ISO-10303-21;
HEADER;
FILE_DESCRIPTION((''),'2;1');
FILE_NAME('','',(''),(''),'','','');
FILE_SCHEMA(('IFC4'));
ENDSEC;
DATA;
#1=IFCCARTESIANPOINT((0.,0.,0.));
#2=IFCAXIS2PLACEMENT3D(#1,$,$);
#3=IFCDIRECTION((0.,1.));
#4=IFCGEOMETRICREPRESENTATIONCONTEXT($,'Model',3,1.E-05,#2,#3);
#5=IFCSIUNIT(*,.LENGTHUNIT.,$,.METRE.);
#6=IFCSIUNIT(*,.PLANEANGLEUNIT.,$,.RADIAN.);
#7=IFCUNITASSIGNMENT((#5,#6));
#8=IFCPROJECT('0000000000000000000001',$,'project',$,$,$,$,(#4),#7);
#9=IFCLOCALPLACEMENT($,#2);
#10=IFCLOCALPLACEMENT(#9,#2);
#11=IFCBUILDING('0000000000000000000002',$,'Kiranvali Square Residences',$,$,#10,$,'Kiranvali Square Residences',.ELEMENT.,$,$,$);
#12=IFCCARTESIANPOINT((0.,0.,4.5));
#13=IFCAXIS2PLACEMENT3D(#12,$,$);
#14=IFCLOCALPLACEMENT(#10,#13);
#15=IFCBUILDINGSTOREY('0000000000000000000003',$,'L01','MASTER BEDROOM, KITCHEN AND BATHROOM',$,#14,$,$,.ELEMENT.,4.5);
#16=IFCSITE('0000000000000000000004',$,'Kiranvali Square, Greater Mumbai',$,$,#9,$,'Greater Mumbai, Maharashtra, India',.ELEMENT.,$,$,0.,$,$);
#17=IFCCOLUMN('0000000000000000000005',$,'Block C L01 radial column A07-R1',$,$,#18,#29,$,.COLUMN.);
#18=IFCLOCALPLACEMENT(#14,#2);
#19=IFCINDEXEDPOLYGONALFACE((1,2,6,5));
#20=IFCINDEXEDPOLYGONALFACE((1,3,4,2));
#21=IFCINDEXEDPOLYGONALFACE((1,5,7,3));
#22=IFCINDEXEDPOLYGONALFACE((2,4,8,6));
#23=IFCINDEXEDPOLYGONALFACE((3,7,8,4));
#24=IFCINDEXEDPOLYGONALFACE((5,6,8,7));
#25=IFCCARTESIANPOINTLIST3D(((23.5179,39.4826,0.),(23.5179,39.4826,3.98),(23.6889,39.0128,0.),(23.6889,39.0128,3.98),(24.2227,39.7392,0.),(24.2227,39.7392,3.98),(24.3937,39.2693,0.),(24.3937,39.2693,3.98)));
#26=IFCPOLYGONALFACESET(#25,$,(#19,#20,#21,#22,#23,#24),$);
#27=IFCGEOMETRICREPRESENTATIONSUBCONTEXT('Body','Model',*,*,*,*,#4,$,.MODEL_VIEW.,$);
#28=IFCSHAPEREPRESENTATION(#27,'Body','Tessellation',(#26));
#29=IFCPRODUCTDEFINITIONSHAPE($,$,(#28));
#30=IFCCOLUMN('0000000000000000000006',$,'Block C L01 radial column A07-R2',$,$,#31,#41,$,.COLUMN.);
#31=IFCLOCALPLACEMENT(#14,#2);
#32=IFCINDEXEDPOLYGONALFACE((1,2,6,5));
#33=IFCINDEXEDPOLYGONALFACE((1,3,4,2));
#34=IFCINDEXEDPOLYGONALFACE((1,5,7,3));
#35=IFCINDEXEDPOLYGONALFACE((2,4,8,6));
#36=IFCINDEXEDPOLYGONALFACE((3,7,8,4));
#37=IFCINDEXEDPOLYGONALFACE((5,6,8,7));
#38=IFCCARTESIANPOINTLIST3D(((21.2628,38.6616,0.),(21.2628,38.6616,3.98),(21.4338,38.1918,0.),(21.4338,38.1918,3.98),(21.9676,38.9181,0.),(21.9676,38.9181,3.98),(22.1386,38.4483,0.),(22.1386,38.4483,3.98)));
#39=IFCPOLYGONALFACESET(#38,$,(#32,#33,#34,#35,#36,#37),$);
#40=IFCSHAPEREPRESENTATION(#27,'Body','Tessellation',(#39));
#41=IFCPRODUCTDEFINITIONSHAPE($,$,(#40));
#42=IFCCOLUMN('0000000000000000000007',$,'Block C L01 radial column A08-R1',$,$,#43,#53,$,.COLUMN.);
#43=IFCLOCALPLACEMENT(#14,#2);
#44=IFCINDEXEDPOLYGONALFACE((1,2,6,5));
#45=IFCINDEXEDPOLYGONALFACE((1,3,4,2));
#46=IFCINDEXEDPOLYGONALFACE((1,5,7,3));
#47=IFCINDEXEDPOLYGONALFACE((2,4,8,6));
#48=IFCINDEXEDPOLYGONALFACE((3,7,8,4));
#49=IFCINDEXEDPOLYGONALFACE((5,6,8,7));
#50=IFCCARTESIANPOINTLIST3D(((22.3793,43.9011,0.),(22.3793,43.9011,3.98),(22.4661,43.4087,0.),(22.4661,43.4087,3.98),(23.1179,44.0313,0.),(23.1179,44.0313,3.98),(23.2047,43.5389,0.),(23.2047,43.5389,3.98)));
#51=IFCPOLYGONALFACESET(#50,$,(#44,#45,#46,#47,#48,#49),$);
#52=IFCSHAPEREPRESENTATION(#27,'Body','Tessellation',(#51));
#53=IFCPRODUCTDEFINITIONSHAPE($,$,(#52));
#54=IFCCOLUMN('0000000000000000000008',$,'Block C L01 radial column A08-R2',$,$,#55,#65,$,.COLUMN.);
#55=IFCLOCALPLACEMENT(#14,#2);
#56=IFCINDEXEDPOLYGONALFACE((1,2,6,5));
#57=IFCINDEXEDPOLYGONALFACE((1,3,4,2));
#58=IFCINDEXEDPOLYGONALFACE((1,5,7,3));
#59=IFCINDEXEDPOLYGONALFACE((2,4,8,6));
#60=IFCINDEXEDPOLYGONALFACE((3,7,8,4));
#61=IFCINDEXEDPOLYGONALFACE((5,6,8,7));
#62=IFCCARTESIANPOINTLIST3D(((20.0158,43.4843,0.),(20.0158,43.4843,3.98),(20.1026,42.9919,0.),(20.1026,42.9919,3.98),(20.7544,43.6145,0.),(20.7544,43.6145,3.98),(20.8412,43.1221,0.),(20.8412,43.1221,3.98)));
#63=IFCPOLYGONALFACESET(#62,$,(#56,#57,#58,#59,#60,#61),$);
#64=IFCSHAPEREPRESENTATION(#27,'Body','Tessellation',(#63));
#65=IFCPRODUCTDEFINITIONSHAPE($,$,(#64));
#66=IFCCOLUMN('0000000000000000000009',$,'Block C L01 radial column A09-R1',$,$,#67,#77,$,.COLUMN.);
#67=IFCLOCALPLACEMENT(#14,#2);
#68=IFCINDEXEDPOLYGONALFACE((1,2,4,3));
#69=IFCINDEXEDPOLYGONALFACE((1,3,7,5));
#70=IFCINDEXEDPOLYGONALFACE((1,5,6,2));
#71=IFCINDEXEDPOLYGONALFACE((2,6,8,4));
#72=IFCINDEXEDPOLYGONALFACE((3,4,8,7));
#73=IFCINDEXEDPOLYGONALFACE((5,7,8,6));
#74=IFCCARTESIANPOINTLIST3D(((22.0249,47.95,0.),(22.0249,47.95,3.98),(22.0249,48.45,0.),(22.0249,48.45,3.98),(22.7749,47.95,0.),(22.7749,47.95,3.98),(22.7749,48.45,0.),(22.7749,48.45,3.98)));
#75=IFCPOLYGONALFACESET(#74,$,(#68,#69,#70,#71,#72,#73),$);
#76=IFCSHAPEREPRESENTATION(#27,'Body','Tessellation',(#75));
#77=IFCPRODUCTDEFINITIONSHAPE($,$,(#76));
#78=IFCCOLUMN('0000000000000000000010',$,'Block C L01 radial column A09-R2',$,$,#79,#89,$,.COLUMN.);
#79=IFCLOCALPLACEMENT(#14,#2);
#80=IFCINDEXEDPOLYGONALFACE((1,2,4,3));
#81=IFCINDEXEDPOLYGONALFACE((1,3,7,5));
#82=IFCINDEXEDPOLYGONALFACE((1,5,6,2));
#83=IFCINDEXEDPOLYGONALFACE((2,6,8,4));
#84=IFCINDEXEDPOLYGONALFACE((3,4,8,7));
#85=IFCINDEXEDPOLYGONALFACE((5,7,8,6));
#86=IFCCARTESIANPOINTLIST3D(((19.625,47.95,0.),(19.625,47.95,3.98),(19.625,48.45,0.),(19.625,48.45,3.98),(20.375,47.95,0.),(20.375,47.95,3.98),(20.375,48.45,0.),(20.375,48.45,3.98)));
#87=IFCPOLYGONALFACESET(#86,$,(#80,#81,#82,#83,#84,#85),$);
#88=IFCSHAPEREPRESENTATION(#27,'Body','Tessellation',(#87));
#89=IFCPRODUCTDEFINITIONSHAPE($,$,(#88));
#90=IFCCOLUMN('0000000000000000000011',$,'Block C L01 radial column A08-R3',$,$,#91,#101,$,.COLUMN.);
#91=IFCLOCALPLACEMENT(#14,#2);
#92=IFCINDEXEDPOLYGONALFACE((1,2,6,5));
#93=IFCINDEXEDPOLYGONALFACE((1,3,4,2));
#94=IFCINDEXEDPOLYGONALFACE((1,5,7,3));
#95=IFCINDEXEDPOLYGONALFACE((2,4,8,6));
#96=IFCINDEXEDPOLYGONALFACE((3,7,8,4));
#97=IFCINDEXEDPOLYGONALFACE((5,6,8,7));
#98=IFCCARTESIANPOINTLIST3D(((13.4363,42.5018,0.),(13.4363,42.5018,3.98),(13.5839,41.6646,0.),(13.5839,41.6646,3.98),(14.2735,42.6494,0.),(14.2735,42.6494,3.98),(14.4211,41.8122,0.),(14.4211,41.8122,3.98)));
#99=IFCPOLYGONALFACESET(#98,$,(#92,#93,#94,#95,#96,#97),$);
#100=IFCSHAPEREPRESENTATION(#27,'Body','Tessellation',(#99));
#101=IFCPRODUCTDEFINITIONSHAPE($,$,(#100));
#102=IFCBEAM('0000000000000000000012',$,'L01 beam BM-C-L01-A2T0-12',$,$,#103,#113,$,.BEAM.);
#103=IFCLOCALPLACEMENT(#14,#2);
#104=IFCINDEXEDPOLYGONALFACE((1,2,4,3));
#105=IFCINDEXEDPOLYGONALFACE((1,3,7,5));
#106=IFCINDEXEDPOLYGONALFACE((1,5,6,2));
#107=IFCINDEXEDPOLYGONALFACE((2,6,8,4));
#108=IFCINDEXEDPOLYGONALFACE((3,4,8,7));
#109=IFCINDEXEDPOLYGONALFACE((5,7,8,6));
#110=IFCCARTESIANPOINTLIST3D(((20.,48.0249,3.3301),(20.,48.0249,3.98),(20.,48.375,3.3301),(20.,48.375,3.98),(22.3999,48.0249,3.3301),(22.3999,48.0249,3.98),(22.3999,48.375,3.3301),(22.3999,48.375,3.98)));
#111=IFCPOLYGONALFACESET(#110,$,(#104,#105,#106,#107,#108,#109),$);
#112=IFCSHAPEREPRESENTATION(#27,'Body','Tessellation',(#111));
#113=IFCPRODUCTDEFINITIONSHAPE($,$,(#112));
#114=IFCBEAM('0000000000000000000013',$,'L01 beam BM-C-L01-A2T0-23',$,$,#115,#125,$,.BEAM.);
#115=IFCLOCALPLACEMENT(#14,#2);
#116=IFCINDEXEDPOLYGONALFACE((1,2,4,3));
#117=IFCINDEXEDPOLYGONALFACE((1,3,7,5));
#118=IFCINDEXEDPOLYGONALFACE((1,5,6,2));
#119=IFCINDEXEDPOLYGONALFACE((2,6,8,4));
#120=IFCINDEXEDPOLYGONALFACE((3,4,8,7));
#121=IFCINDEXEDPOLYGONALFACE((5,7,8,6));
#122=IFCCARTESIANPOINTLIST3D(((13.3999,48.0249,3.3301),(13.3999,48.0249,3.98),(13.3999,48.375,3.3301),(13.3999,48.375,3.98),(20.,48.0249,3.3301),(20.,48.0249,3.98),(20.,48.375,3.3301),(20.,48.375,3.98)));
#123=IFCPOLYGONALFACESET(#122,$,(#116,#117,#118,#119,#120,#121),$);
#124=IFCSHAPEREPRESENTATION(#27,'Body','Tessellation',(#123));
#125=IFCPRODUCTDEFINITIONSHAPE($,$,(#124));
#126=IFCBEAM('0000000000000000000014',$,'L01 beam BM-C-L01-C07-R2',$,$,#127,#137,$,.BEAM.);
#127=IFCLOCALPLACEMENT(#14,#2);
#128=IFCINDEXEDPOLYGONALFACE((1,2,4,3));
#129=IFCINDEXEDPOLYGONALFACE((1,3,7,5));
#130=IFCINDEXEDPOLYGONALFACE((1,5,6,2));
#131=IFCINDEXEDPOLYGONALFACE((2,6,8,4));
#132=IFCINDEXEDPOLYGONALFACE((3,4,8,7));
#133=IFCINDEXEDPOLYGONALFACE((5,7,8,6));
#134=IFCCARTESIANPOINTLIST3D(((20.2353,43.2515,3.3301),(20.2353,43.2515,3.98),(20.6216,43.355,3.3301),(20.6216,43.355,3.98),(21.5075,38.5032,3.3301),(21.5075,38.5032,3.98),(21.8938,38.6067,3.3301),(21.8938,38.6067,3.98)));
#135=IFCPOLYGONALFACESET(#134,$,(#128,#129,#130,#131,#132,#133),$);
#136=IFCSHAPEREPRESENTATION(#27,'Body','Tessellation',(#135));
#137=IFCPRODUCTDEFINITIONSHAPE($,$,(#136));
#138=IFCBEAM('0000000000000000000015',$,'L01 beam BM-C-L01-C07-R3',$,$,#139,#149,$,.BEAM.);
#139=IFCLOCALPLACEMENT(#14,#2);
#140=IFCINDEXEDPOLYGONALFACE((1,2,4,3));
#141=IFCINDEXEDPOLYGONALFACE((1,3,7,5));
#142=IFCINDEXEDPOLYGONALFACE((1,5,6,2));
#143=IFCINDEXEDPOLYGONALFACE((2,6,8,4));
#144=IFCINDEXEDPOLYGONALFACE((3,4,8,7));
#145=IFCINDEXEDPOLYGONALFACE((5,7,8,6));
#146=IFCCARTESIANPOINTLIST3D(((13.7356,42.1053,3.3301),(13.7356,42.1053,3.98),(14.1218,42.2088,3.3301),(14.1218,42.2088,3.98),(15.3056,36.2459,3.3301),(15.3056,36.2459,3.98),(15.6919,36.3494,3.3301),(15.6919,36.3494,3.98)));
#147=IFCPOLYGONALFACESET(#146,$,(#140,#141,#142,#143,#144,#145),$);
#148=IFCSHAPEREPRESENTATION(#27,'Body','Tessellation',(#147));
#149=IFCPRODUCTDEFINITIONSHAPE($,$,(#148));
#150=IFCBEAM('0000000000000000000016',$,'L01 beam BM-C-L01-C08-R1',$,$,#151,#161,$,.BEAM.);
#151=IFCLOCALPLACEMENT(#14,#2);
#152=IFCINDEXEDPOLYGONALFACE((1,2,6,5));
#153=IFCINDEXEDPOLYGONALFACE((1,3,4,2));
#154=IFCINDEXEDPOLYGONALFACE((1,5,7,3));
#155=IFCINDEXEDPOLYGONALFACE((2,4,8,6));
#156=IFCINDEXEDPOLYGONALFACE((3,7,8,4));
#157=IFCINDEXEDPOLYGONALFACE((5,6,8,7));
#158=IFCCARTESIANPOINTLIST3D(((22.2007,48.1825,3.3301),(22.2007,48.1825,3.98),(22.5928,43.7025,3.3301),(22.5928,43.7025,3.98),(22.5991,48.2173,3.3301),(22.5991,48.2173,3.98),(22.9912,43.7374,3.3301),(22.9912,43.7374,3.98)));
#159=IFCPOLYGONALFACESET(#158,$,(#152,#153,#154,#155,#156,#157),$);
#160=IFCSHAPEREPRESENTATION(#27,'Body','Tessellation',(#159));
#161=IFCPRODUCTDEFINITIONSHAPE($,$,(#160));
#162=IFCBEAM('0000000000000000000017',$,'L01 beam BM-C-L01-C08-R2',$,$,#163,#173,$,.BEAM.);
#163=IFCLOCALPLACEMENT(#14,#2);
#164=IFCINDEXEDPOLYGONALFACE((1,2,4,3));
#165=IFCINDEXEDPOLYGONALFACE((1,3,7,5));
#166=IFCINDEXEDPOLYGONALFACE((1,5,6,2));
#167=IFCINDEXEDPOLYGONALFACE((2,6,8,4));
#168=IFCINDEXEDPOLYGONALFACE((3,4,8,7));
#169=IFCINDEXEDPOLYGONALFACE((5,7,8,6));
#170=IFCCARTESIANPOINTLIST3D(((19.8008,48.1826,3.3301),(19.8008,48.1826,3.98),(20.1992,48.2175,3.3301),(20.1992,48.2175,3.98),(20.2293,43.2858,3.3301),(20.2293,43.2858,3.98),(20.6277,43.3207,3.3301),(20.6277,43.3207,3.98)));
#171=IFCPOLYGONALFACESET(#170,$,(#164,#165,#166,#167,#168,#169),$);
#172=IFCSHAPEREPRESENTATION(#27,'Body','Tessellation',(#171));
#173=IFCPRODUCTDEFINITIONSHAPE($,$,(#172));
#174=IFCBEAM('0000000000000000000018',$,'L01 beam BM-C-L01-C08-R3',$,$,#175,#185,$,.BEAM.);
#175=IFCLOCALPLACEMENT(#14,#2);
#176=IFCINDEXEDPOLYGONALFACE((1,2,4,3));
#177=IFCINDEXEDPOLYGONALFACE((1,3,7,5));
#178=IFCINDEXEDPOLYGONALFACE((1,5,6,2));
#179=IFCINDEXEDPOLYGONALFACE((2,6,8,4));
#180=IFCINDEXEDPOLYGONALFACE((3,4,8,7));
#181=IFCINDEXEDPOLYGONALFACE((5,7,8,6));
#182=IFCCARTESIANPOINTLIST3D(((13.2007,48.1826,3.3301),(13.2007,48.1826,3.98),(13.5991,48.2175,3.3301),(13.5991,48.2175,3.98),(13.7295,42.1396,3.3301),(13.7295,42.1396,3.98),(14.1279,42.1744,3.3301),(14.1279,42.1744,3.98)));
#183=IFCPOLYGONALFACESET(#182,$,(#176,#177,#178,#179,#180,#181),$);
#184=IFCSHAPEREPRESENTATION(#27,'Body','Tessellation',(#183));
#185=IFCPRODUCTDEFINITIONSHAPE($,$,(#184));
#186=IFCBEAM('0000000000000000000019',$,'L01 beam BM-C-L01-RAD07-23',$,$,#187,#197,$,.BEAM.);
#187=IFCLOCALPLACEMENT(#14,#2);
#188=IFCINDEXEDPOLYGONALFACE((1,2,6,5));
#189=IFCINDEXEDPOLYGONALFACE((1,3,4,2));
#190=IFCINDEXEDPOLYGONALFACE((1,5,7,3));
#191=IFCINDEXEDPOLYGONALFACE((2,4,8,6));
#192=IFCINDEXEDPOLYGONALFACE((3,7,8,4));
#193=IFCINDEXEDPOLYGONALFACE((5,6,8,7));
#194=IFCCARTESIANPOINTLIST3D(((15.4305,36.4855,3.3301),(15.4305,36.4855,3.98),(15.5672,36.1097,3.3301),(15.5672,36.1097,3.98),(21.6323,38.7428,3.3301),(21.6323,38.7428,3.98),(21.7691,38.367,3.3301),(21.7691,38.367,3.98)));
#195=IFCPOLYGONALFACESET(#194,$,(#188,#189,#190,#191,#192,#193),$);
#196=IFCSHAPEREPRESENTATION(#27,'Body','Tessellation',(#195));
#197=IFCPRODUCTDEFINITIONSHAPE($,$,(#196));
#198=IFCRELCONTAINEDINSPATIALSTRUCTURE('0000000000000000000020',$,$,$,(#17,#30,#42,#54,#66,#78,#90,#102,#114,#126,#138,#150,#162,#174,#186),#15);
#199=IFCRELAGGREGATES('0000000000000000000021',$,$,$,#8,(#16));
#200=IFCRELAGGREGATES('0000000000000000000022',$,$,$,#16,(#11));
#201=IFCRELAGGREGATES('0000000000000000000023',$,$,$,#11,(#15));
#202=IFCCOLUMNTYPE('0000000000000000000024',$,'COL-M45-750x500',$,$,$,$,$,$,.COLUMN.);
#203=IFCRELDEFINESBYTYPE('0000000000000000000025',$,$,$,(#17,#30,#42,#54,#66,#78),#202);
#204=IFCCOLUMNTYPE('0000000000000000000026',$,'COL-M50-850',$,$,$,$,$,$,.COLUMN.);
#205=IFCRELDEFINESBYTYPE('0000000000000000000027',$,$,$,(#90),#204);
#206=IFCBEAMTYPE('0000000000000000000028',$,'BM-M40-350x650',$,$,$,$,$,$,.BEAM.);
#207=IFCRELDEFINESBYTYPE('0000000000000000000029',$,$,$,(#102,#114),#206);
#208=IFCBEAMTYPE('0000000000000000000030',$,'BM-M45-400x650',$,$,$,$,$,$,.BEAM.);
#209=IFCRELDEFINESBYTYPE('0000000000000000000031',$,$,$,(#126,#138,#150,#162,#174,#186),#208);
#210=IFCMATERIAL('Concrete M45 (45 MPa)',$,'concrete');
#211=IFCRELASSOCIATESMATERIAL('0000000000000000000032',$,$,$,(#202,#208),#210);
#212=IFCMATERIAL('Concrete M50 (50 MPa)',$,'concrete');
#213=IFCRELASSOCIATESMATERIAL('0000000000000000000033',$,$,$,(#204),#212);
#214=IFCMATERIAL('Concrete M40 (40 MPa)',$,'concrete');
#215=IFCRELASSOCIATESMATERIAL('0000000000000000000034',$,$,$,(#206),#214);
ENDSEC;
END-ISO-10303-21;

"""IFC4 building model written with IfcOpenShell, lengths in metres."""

from ifc_helpers import new_model, si_unit, direction, frame, origin, origin_2d, place, context, subcontext, project, spatial, rectangle, extrude, material, material_profile, profile_set, type_object, element, save


model = new_model("IFC4")

# Units and contexts
model_context = context("Model", 3, precision=1e-05, world=origin(), true_north=direction((0.0, 1.0)))
body_context = subcontext(model_context, "Body", "Model", "MODEL_VIEW")
ifc_project = project(units=[si_unit("LENGTHUNIT", "METRE"), si_unit("PLANEANGLEUNIT", "RADIAN")], contexts=[model_context])

# Site, building, storey
site_placement = place(None, origin())
site = spatial("IfcSite", under=ifc_project, at=site_placement, Name="Kiranvali Square, Greater Mumbai", LongName="Greater Mumbai, Maharashtra, India", CompositionType="ELEMENT", RefElevation=0.0)
building_placement = place(site_placement, origin())
building = spatial("IfcBuilding", under=site, at=building_placement, Name="Kiranvali Square Residences", LongName="Kiranvali Square Residences", CompositionType="ELEMENT")
storey_placement = place(building_placement, frame((0.0, 0.0, 4.5)))
storey = spatial("IfcBuildingStorey", under=building, at=storey_placement, Name="L01", Description="MASTER BEDROOM, KITCHEN AND BATHROOM", CompositionType="ELEMENT", Elevation=4.5)

# Columns
ifc_material_1 = material(Name="Concrete M45 (45 MPa)", Category="concrete")
ifc_material_profile_1 = material_profile(ifc_material_1, rectangle(XDim=0.5, YDim=0.75, at=origin_2d()), Name="RC 750x500")
ifc_profile_set_1 = profile_set([ifc_material_profile_1], Name="Concrete M45 (45 MPa)")
column_type_1 = type_object("IfcColumnType", Name="COL-M45-750x500", PredefinedType="COLUMN", material=ifc_profile_set_1)
for number, where, z_axis, x_axis, name in (
    (1, (23.9558, 39.376, 0.0), (0.0, 0.0, 1.0), (-0.34202, 0.939693, 0.0), "Block C L01 radial column A07-R1"),
    (2, (21.7007, 38.5549, 0.0), (0.0, 0.0, 1.0), (-0.34202, 0.939693, 0.0), "Block C L01 radial column A07-R2"),
    (3, (22.792, 43.72, 0.0), (0.0, 0.0, 1.0), (-0.173648, 0.984808, 0.0), "Block C L01 radial column A08-R1"),
    (4, (20.4285, 43.3032, 0.0), (0.0, 0.0, 1.0), (-0.173648, 0.984808, 0.0), "Block C L01 radial column A08-R2"),
    (5, (22.3999, 48.2, 0.0), (0.0, 0.0, 1.0), (0.0, 1.0, 0.0), "Block C L01 radial column A09-R1"),
    (6, (20.0, 48.2, 0.0), (0.0, 0.0, 1.0), (0.0, 1.0, 0.0), "Block C L01 radial column A09-R2"),
):
    element("IfcColumn", number, at=place(storey_placement, frame(where, z_axis=z_axis, x_axis=x_axis)), inside=storey, type_object=column_type_1, Name=name, PredefinedType="COLUMN", context=body_context, shape_type="SweptSolid", body=[
        extrude(rectangle(XDim=0.5, YDim=0.75, at=origin_2d()), origin(), (0.0, 0.0, 1.0), 3.98),
    ])
ifc_material_2 = material(Name="Concrete M50 (50 MPa)", Category="concrete")
ifc_material_profile_2 = material_profile(ifc_material_2, rectangle(XDim=0.8501, YDim=0.8501, at=origin_2d()), Name="RC 850x850")
ifc_profile_set_2 = profile_set([ifc_material_profile_2], Name="Concrete M50 (50 MPa)")
column_type_2 = type_object("IfcColumnType", Name="COL-M50-850", PredefinedType="COLUMN", material=ifc_profile_set_2)
column_placement = place(storey_placement, frame((13.9287, 42.157, 0.0), z_axis=(0.0, 0.0, 1.0), x_axis=(-0.173648, 0.984808, 0.0)))
element("IfcColumn", 7, at=column_placement, inside=storey, type_object=column_type_2, Name="Block C L01 radial column A08-R3", PredefinedType="COLUMN", context=body_context, shape_type="SweptSolid", body=[
    extrude(rectangle(XDim=0.8501, YDim=0.8501, at=origin_2d()), origin(), (0.0, 0.0, 1.0), 3.98),
])

# Beams
ifc_material_3 = material(Name="Concrete M40 (40 MPa)", Category="concrete")
ifc_material_profile_3 = material_profile(ifc_material_3, rectangle(XDim=0.3501, YDim=0.6499, at=origin_2d()), Name="RC 350x650")
ifc_profile_set_3 = profile_set([ifc_material_profile_3], Name="Concrete M40 (40 MPa)")
beam_type_1 = type_object("IfcBeamType", Name="BM-M40-350x650", PredefinedType="BEAM", material=ifc_profile_set_3)
beam_1_placement = place(storey_placement, frame((22.3999, 48.2, 3.655), z_axis=(-1.0, 0.0, 0.0), x_axis=(0.0, -1.0, 0.0)))
element("IfcBeam", 8, at=beam_1_placement, inside=storey, type_object=beam_type_1, Name="L01 beam BM-C-L01-A2T0-12", PredefinedType="BEAM", context=body_context, shape_type="SweptSolid", body=[
    extrude(rectangle(XDim=0.3501, YDim=0.6499, at=origin_2d()), origin(), (0.0, 0.0, 1.0), 2.3999),
])
beam_2_placement = place(storey_placement, frame((20.0, 48.2, 3.655), z_axis=(-1.0, 0.0, 0.0), x_axis=(0.0, -1.0, 0.0)))
element("IfcBeam", 9, at=beam_2_placement, inside=storey, type_object=beam_type_1, Name="L01 beam BM-C-L01-A2T0-23", PredefinedType="BEAM", context=body_context, shape_type="SweptSolid", body=[
    extrude(rectangle(XDim=0.3501, YDim=0.6499, at=origin_2d()), origin(), (0.0, 0.0, 1.0), 6.6001),
])
ifc_material_profile_4 = material_profile(ifc_material_1, rectangle(XDim=0.3999, YDim=0.6499, at=origin_2d()), Name="RC 400x650")
ifc_profile_set_4 = profile_set([ifc_material_profile_4], Name="Concrete M45 (45 MPa)")
beam_type_2 = type_object("IfcBeamType", Name="BM-M45-400x650", PredefinedType="BEAM", material=ifc_profile_set_4)
beam_3_placement = place(storey_placement, frame((21.7007, 38.5549, 3.655), z_axis=(-0.258803, 0.96593, 0.0), x_axis=(-0.96593, -0.258803, 0.0)))
element("IfcBeam", 10, at=beam_3_placement, inside=storey, type_object=beam_type_2, Name="L01 beam BM-C-L01-C07-R2", PredefinedType="BEAM", context=body_context, shape_type="SweptSolid", body=[
    extrude(rectangle(XDim=0.3999, YDim=0.6499, at=origin_2d()), origin(), (0.0, 0.0, 1.0), 4.9158),
])
beam_4_placement = place(storey_placement, frame((15.4988, 36.2976, 3.655), z_axis=(-0.258827, 0.965924, 0.0), x_axis=(-0.965924, -0.258827, 0.0)))
element("IfcBeam", 11, at=beam_4_placement, inside=storey, type_object=beam_type_2, Name="L01 beam BM-C-L01-C07-R3", PredefinedType="BEAM", context=body_context, shape_type="SweptSolid", body=[
    extrude(rectangle(XDim=0.3999, YDim=0.6499, at=origin_2d()), origin(), (0.0, 0.0, 1.0), 6.0662),
])
beam_5_placement = place(storey_placement, frame((22.792, 43.72, 3.655), z_axis=(-0.087187, 0.996192, 0.0), x_axis=(-0.996192, -0.087187, 0.0)))
element("IfcBeam", 12, at=beam_5_placement, inside=storey, type_object=beam_type_2, Name="L01 beam BM-C-L01-C08-R1", PredefinedType="BEAM", context=body_context, shape_type="SweptSolid", body=[
    extrude(rectangle(XDim=0.3999, YDim=0.6499, at=origin_2d()), origin(), (0.0, 0.0, 1.0), 4.4971),
])
beam_6_placement = place(storey_placement, frame((20.4285, 43.3032, 3.655), z_axis=(-0.087168, 0.996194, 0.0), x_axis=(-0.996194, -0.087168, 0.0)))
element("IfcBeam", 13, at=beam_6_placement, inside=storey, type_object=beam_type_2, Name="L01 beam BM-C-L01-C08-R2", PredefinedType="BEAM", context=body_context, shape_type="SweptSolid", body=[
    extrude(rectangle(XDim=0.3999, YDim=0.6499, at=origin_2d()), origin(), (0.0, 0.0, 1.0), 4.9155),
])
beam_7_placement = place(storey_placement, frame((13.9287, 42.157, 3.655), z_axis=(-0.087175, 0.996193, 0.0), x_axis=(-0.996193, -0.087175, 0.0)))
element("IfcBeam", 14, at=beam_7_placement, inside=storey, type_object=beam_type_2, Name="L01 beam BM-C-L01-C08-R3", PredefinedType="BEAM", context=body_context, shape_type="SweptSolid", body=[
    extrude(rectangle(XDim=0.3999, YDim=0.6499, at=origin_2d()), origin(), (0.0, 0.0, 1.0), 6.0662),
])
beam_8_placement = place(storey_placement, frame((21.7007, 38.5549, 3.655), z_axis=(-0.939692, -0.342022, 0.0), x_axis=(0.342022, -0.939692, 0.0)))
element("IfcBeam", 15, at=beam_8_placement, inside=storey, type_object=beam_type_2, Name="L01 beam BM-C-L01-RAD07-23", PredefinedType="BEAM", context=body_context, shape_type="SweptSolid", body=[
    extrude(rectangle(XDim=0.3999, YDim=0.6499, at=origin_2d()), origin(), (0.0, 0.0, 1.0), 6.5999),
])

save(model, "model.ifc")
